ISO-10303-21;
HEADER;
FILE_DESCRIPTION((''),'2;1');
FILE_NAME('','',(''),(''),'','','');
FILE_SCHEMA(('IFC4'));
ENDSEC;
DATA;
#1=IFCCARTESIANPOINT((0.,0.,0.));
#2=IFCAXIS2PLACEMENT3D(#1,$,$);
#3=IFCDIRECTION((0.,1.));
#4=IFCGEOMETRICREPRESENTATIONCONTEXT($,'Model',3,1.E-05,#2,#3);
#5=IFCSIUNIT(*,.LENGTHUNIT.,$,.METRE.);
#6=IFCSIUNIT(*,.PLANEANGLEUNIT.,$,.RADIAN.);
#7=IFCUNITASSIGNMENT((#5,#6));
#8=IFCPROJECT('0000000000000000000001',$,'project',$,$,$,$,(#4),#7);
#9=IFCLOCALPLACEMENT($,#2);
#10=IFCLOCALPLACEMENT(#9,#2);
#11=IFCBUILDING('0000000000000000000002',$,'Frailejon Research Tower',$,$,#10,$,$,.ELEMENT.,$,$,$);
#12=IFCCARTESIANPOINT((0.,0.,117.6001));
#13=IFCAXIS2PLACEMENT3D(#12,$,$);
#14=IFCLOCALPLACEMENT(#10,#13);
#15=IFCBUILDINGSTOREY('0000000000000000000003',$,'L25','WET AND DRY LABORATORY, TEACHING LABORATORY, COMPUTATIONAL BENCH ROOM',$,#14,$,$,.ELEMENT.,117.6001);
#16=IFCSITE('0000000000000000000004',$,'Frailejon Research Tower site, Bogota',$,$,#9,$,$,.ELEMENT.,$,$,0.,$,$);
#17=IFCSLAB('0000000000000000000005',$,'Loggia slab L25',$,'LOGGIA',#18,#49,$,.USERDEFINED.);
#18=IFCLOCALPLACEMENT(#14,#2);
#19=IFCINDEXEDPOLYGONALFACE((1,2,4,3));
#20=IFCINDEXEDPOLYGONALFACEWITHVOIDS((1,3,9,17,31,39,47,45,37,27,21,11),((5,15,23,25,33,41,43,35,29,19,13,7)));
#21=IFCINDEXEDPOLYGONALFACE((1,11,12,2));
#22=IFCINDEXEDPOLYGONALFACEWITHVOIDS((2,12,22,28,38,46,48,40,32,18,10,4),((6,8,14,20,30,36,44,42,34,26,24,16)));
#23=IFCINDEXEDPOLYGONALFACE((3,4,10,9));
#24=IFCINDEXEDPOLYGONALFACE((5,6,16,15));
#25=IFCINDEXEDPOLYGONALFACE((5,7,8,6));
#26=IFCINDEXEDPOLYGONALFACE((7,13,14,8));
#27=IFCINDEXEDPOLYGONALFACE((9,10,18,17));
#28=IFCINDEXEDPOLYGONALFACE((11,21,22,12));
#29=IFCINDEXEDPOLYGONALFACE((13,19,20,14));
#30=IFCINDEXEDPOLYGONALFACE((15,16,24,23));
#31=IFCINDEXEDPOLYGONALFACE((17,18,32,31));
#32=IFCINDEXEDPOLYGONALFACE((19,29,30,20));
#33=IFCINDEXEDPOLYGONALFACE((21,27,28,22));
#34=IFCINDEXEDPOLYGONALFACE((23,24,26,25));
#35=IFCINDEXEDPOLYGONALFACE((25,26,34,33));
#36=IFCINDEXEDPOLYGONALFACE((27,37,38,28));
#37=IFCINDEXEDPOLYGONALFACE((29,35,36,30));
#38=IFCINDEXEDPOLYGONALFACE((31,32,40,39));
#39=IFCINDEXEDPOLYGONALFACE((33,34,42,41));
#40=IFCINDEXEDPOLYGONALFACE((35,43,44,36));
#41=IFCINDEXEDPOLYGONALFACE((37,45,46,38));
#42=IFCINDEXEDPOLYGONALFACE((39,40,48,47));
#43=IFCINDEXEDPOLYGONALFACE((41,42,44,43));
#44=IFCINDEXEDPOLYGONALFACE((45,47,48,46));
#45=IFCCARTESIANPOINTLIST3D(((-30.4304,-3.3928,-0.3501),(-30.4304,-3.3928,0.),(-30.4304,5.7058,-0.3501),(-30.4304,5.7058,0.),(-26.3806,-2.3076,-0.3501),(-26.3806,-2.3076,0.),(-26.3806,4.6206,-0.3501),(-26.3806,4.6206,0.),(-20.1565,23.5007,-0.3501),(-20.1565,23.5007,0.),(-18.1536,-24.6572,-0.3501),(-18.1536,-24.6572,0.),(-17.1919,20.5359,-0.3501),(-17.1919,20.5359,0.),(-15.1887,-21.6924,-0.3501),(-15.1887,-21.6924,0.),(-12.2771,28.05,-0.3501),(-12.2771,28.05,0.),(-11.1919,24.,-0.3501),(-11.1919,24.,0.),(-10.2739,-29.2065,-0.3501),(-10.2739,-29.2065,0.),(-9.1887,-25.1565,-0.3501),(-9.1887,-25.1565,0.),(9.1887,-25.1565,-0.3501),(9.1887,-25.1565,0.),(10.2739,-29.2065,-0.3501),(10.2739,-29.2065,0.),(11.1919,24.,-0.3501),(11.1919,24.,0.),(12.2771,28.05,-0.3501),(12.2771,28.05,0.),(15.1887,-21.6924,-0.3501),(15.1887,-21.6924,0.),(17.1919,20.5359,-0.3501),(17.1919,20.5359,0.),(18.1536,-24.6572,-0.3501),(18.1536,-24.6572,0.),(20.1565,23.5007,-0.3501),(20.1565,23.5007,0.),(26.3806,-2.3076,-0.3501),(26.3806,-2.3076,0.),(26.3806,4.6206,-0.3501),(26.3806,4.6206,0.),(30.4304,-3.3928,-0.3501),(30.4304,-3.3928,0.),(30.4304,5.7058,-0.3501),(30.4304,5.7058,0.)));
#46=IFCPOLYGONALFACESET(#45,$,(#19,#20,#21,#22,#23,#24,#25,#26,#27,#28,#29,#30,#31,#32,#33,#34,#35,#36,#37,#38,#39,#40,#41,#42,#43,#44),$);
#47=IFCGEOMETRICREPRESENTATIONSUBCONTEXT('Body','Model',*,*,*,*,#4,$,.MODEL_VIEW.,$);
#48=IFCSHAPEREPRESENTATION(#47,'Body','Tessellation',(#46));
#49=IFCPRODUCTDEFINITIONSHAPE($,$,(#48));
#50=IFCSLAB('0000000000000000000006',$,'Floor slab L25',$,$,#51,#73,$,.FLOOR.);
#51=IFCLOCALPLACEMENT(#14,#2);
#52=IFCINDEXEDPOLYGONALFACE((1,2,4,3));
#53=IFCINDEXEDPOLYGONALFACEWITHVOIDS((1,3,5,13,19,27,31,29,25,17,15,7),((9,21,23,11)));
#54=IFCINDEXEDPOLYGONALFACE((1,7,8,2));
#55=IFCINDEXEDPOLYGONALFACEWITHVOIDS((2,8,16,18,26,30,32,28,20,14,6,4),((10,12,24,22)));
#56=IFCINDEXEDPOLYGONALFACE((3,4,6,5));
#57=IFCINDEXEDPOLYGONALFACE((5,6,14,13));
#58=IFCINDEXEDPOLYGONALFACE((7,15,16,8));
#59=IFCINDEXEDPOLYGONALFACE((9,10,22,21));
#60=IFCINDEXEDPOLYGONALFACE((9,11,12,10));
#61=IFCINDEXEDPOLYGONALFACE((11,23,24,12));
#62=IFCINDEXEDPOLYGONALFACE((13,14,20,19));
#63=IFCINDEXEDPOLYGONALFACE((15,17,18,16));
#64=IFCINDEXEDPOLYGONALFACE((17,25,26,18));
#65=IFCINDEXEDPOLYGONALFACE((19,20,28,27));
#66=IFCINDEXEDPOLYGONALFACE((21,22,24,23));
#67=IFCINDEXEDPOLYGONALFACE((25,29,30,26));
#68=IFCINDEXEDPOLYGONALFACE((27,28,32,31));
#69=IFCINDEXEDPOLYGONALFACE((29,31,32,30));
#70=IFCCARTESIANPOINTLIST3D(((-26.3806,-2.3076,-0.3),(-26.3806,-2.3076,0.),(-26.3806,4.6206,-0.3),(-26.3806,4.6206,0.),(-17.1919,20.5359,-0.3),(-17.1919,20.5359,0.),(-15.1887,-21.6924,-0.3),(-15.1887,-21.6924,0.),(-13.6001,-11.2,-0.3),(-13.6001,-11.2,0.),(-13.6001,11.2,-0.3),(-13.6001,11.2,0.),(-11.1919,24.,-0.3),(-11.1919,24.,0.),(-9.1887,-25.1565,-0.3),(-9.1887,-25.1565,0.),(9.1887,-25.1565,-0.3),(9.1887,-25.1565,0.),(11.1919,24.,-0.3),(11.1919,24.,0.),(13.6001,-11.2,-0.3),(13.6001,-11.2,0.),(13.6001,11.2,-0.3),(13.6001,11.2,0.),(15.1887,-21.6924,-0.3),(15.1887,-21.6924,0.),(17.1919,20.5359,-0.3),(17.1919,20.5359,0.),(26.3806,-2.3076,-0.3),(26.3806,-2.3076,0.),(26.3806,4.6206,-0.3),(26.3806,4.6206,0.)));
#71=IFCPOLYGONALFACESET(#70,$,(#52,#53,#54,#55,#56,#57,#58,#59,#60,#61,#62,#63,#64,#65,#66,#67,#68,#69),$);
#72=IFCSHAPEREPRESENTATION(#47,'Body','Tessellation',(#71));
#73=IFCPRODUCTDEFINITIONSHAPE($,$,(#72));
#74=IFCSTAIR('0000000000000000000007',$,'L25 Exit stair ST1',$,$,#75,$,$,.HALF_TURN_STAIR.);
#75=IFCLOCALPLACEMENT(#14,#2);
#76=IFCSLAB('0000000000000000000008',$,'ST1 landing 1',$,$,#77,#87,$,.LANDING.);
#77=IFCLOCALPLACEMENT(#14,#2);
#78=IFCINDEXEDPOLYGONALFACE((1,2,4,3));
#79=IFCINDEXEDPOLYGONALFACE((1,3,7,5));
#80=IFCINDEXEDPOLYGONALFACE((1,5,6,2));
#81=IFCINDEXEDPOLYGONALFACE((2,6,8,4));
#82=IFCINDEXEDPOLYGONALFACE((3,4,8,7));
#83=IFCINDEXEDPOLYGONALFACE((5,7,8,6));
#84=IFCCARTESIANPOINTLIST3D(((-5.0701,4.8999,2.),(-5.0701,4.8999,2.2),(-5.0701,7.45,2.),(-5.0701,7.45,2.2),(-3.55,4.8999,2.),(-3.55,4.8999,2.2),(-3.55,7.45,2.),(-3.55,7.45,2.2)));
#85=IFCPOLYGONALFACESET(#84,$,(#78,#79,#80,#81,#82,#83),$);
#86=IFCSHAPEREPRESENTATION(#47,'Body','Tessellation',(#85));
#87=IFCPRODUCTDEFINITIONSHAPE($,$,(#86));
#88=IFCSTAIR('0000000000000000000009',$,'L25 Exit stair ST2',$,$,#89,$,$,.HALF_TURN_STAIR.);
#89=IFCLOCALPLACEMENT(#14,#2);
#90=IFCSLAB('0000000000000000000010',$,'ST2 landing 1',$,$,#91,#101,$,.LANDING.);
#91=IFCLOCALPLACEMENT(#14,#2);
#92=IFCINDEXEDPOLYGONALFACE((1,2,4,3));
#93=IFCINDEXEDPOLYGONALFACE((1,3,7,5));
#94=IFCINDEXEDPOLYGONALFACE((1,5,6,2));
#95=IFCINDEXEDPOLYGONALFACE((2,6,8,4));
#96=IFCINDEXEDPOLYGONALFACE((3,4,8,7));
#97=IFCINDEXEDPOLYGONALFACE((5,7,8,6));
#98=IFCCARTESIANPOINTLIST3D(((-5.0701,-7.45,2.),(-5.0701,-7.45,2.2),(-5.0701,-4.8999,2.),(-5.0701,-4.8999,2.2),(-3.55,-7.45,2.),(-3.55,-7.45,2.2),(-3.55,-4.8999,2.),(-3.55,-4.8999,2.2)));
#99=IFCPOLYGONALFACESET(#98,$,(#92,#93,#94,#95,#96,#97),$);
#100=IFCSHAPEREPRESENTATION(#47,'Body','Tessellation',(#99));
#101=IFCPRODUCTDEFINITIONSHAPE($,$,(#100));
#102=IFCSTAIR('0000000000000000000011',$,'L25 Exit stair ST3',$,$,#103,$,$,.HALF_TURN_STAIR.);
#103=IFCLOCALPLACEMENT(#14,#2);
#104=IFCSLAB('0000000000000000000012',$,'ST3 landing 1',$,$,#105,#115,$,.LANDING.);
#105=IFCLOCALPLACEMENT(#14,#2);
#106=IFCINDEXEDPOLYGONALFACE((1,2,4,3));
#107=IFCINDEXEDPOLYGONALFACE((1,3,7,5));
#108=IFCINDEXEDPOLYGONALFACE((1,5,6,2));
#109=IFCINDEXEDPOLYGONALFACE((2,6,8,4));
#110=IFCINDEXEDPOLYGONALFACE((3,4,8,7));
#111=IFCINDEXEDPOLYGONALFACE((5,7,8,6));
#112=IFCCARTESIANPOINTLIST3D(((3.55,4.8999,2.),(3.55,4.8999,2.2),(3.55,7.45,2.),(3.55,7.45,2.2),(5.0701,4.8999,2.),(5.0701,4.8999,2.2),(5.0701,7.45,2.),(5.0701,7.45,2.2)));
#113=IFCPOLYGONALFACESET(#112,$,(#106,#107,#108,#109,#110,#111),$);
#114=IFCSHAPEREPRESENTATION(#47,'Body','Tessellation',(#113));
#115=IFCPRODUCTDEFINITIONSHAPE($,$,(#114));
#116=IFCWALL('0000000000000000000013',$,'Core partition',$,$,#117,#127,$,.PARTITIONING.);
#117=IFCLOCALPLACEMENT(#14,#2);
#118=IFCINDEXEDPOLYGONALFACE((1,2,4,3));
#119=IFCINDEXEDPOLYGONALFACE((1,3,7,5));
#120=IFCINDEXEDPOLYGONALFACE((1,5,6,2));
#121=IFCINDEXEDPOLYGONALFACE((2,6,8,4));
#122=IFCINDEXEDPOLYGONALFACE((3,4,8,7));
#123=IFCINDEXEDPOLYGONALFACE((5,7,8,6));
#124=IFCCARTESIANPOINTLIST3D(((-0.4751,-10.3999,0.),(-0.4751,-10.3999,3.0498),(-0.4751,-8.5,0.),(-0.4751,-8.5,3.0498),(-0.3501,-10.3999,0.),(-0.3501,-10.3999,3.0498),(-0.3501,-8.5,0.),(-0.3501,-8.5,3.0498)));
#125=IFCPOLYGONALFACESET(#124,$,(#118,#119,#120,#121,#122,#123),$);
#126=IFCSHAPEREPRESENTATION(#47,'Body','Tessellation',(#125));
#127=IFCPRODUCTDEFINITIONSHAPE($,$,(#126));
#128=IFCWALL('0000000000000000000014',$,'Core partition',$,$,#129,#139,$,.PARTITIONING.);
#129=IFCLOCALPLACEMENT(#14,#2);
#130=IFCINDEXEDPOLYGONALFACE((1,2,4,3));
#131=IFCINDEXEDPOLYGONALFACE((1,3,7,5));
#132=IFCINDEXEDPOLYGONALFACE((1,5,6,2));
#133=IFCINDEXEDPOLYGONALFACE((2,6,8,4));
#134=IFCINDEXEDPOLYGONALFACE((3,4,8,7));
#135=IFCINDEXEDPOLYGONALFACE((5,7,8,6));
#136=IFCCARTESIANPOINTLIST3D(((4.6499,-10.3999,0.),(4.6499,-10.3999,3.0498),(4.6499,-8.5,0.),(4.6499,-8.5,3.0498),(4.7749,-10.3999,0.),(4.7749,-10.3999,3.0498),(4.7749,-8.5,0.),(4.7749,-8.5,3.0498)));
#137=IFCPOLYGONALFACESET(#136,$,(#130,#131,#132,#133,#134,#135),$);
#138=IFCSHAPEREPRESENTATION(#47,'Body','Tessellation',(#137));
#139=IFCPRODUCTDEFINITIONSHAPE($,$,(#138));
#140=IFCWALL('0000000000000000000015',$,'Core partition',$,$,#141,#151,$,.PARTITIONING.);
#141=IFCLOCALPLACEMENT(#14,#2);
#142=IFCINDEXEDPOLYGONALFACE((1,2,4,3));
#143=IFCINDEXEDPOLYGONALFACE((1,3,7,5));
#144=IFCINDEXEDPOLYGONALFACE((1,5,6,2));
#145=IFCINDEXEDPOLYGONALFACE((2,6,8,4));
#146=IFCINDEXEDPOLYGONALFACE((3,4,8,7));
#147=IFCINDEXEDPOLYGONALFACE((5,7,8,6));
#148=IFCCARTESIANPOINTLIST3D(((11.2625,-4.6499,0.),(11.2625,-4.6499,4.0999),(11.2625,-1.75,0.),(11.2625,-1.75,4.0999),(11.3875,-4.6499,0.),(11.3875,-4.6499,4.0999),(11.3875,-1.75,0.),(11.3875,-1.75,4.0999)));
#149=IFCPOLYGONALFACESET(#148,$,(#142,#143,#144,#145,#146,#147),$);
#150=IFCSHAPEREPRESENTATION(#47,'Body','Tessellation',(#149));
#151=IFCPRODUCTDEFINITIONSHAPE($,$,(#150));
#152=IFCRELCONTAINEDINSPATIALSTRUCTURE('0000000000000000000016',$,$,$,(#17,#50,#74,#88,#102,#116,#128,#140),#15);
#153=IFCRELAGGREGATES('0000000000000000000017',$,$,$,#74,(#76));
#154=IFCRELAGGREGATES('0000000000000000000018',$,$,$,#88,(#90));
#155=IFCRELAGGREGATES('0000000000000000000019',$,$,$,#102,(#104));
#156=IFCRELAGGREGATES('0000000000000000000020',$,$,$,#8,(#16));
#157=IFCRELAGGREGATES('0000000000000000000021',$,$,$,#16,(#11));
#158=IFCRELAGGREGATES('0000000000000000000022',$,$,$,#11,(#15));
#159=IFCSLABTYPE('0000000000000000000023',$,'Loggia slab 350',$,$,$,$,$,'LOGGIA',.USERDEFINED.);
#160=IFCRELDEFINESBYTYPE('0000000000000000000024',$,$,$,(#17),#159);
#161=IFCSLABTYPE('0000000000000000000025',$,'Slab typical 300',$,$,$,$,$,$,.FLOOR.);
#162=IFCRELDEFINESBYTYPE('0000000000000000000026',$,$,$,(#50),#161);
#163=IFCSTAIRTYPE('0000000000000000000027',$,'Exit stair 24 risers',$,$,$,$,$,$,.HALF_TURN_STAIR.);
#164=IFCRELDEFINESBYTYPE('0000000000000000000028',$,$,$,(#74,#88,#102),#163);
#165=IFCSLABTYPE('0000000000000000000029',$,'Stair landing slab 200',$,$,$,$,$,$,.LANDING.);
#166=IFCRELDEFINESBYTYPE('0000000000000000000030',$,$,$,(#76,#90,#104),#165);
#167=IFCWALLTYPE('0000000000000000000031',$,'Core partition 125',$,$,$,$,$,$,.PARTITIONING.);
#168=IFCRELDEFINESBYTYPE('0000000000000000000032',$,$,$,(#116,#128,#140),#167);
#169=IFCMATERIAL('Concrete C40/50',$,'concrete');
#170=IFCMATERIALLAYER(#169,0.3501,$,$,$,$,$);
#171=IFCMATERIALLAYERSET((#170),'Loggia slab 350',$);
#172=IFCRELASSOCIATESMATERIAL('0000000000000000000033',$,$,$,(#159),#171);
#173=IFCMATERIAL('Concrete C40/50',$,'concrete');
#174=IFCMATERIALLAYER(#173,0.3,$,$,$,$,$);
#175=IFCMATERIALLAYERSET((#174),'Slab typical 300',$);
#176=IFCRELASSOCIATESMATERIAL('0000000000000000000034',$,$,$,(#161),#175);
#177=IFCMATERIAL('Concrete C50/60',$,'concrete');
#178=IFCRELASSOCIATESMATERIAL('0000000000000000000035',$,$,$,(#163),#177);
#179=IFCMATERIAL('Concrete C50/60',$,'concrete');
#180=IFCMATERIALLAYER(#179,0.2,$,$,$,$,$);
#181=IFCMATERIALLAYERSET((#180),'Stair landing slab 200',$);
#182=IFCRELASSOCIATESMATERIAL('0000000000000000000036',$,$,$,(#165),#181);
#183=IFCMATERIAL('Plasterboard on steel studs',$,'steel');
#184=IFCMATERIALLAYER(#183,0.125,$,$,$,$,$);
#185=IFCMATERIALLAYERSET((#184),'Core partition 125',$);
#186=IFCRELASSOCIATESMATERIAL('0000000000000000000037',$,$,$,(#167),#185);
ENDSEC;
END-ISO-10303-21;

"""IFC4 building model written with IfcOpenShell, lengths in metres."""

from ifc_helpers import new_model, si_unit, direction, frame, frame_2d, origin, place, context, subcontext, project, spatial, polyline, rectangle, outline, extrude, material, layer, layer_set, type_object, element, aggregate, save


model = new_model("IFC4")

# Units and contexts
model_context = context("Model", 3, precision=1e-05, world=origin(), true_north=direction((0.0, 1.0)))
body_context = subcontext(model_context, "Body", "Model", "MODEL_VIEW")
ifc_project = project(units=[si_unit("LENGTHUNIT", "METRE"), si_unit("PLANEANGLEUNIT", "RADIAN")], contexts=[model_context])

# Site, building, storey
site_placement = place(None, origin())
site = spatial("IfcSite", under=ifc_project, at=site_placement, Name="Frailejon Research Tower site, Bogota", CompositionType="ELEMENT", RefElevation=0.0)
building_placement = place(site_placement, origin())
building = spatial("IfcBuilding", under=site, at=building_placement, Name="Frailejon Research Tower", CompositionType="ELEMENT")
storey_placement = place(building_placement, frame((0.0, 0.0, 117.6001)))
storey = spatial("IfcBuildingStorey", under=building, at=storey_placement, Name="L25", Description="WET AND DRY LABORATORY, TEACHING LABORATORY, COMPUTATIONAL BENCH ROOM", CompositionType="ELEMENT", Elevation=117.6001)

# Slabs
ifc_material_1 = material(Name="Concrete C40/50", Category="concrete")
ifc_layer_1 = layer(ifc_material_1, 0.3501)
ifc_layer_set_1 = layer_set([ifc_layer_1], Name="Loggia slab 350")
slab_type_1 = type_object("IfcSlabType", Name="Loggia slab 350", ElementType="LOGGIA", PredefinedType="USERDEFINED", material=ifc_layer_set_1)
slab_1_placement = place(storey_placement, frame((0.0, 0.0, -0.3501)))
element("IfcSlab", 1, at=slab_1_placement, inside=storey, type_object=slab_type_1, Name="Loggia slab L25", ObjectType="LOGGIA", PredefinedType="USERDEFINED", context=body_context, shape_type="SweptSolid", body=[
    extrude(outline(polyline([(18.1536, -24.6572), (10.2739, -29.2065), (-10.2739, -29.2065), (-18.1536, -24.6572), (-30.4304, -3.3928), (-30.4304, 5.7058), (-20.1565, 23.5007), (-12.2771, 28.05), (12.2771, 28.05), (20.1565, 23.5007), (30.4304, 5.7058), (30.4304, -3.3928), (18.1536, -24.6572)]), holes=[polyline([(26.3806, 4.6206), (17.1919, 20.5359), (11.1919, 24.0), (-11.1919, 24.0), (-17.1919, 20.5359), (-26.3806, 4.6206), (-26.3806, -2.3076), (-15.1887, -21.6924), (-9.1887, -25.1565), (9.1887, -25.1565), (15.1887, -21.6924), (26.3806, -2.3076), (26.3806, 4.6206)])]), origin(), (0.0, 0.0, 1.0), 0.3501),
])
ifc_material_2 = material(Name="Concrete C40/50", Category="concrete")
ifc_layer_2 = layer(ifc_material_2, 0.3)
ifc_layer_set_2 = layer_set([ifc_layer_2], Name="Slab typical 300")
slab_type_2 = type_object("IfcSlabType", Name="Slab typical 300", PredefinedType="FLOOR", material=ifc_layer_set_2)
slab_2_placement = place(storey_placement, frame((0.0, 0.0, -0.3)))
element("IfcSlab", 2, at=slab_2_placement, inside=storey, type_object=slab_type_2, Name="Floor slab L25", PredefinedType="FLOOR", context=body_context, shape_type="SweptSolid", body=[
    extrude(outline(polyline([(26.3806, -2.3076), (26.3806, 4.6206), (17.1919, 20.5359), (11.1919, 24.0), (-11.1919, 24.0), (-17.1919, 20.5359), (-26.3806, 4.6206), (-26.3806, -2.3076), (-15.1887, -21.6924), (-9.1887, -25.1565), (9.1887, -25.1565), (15.1887, -21.6924), (26.3806, -2.3076)]), holes=[polyline([(13.6001, -11.2), (-13.6001, -11.2), (-13.6001, 11.2), (13.6001, 11.2), (13.6001, -11.2)])]), origin(), (0.0, 0.0, 1.0), 0.3),
])

# Stairs, slabs
ifc_material_3 = material(Name="Concrete C50/60", Category="concrete")
stair_type = type_object("IfcStairType", Name="Exit stair 24 risers", PredefinedType="HALF_TURN_STAIR", material=ifc_material_3)
stair_1_placement = place(storey_placement, origin())
stair_1 = element("IfcStair", 3, at=stair_1_placement, inside=storey, type_object=stair_type, Name="L25 Exit stair ST1", PredefinedType="HALF_TURN_STAIR")
ifc_material_4 = material(Name="Concrete C50/60", Category="concrete")
ifc_layer_3 = layer(ifc_material_4, 0.2)
ifc_layer_set_3 = layer_set([ifc_layer_3], Name="Stair landing slab 200")
slab_type_3 = type_object("IfcSlabType", Name="Stair landing slab 200", PredefinedType="LANDING", material=ifc_layer_set_3)
slab_3_placement = place(storey_placement, frame((0.0, 0.0, 2.0)))
slab_3 = element("IfcSlab", 4, at=slab_3_placement, type_object=slab_type_3, Name="ST1 landing 1", PredefinedType="LANDING", context=body_context, shape_type="SweptSolid", body=[
    extrude(outline(polyline([(-5.0701, 4.8999), (-3.55, 4.8999), (-3.55, 7.45), (-5.0701, 7.45), (-5.0701, 4.8999)])), origin(), (0.0, 0.0, 1.0), 0.2),
])
aggregate(stair_1, [slab_3])
stair_2_placement = place(storey_placement, origin())
stair_2 = element("IfcStair", 5, at=stair_2_placement, inside=storey, type_object=stair_type, Name="L25 Exit stair ST2", PredefinedType="HALF_TURN_STAIR")
slab_4_placement = place(storey_placement, frame((0.0, 0.0, 2.0)))
slab_4 = element("IfcSlab", 6, at=slab_4_placement, type_object=slab_type_3, Name="ST2 landing 1", PredefinedType="LANDING", context=body_context, shape_type="SweptSolid", body=[
    extrude(outline(polyline([(-5.0701, -7.45), (-3.55, -7.45), (-3.55, -4.8999), (-5.0701, -4.8999), (-5.0701, -7.45)])), origin(), (0.0, 0.0, 1.0), 0.2),
])
aggregate(stair_2, [slab_4])
stair_3_placement = place(storey_placement, origin())
stair_3 = element("IfcStair", 7, at=stair_3_placement, inside=storey, type_object=stair_type, Name="L25 Exit stair ST3", PredefinedType="HALF_TURN_STAIR")
slab_5_placement = place(storey_placement, frame((0.0, 0.0, 2.0)))
slab_5 = element("IfcSlab", 8, at=slab_5_placement, type_object=slab_type_3, Name="ST3 landing 1", PredefinedType="LANDING", context=body_context, shape_type="SweptSolid", body=[
    extrude(outline(polyline([(5.0701, 7.45), (3.55, 7.45), (3.55, 4.8999), (5.0701, 4.8999), (5.0701, 7.45)])), origin(), (0.0, 0.0, 1.0), 0.2),
])
aggregate(stair_3, [slab_5])

# Walls
ifc_material_5 = material(Name="Plasterboard on steel studs", Category="steel")
ifc_layer_4 = layer(ifc_material_5, 0.125)
ifc_layer_set_4 = layer_set([ifc_layer_4], Name="Core partition 125")
wall_type_1 = type_object("IfcWallType", Name="Core partition 125", PredefinedType="PARTITIONING", material=ifc_layer_set_4)
for number, where, z_axis, x_axis, name in (
    (9, (-0.4126, -10.3999, 0.0), (0.0, 0.0, 1.0), (0.0, 1.0, 0.0), "Core partition"),
    (10, (4.7124, -10.3999, 0.0), (0.0, 0.0, 1.0), (0.0, 1.0, 0.0), "Core partition"),
):
    element("IfcWall", number, at=place(storey_placement, frame(where, z_axis=z_axis, x_axis=x_axis)), inside=storey, type_object=wall_type_1, Name=name, PredefinedType="PARTITIONING", context=body_context, shape_type="SweptSolid", body=[
        extrude(rectangle(XDim=1.8999, YDim=0.125, at=frame_2d((0.95, 0.0))), origin(), (0.0, 0.0, 1.0), 3.0498),
    ])
wall_1_placement = place(storey_placement, frame((11.325, -4.6499, 0.0), z_axis=(0.0, 0.0, 1.0), x_axis=(0.0, 1.0, 0.0)))
element("IfcWall", 11, at=wall_1_placement, inside=storey, type_object=wall_type_1, Name="Core partition", PredefinedType="PARTITIONING", context=body_context, shape_type="SweptSolid", body=[
    extrude(rectangle(XDim=2.8999, YDim=0.125, at=frame_2d((1.45, 0.0))), origin(), (0.0, 0.0, 1.0), 4.0999),
])

save(model, "model.ifc")
